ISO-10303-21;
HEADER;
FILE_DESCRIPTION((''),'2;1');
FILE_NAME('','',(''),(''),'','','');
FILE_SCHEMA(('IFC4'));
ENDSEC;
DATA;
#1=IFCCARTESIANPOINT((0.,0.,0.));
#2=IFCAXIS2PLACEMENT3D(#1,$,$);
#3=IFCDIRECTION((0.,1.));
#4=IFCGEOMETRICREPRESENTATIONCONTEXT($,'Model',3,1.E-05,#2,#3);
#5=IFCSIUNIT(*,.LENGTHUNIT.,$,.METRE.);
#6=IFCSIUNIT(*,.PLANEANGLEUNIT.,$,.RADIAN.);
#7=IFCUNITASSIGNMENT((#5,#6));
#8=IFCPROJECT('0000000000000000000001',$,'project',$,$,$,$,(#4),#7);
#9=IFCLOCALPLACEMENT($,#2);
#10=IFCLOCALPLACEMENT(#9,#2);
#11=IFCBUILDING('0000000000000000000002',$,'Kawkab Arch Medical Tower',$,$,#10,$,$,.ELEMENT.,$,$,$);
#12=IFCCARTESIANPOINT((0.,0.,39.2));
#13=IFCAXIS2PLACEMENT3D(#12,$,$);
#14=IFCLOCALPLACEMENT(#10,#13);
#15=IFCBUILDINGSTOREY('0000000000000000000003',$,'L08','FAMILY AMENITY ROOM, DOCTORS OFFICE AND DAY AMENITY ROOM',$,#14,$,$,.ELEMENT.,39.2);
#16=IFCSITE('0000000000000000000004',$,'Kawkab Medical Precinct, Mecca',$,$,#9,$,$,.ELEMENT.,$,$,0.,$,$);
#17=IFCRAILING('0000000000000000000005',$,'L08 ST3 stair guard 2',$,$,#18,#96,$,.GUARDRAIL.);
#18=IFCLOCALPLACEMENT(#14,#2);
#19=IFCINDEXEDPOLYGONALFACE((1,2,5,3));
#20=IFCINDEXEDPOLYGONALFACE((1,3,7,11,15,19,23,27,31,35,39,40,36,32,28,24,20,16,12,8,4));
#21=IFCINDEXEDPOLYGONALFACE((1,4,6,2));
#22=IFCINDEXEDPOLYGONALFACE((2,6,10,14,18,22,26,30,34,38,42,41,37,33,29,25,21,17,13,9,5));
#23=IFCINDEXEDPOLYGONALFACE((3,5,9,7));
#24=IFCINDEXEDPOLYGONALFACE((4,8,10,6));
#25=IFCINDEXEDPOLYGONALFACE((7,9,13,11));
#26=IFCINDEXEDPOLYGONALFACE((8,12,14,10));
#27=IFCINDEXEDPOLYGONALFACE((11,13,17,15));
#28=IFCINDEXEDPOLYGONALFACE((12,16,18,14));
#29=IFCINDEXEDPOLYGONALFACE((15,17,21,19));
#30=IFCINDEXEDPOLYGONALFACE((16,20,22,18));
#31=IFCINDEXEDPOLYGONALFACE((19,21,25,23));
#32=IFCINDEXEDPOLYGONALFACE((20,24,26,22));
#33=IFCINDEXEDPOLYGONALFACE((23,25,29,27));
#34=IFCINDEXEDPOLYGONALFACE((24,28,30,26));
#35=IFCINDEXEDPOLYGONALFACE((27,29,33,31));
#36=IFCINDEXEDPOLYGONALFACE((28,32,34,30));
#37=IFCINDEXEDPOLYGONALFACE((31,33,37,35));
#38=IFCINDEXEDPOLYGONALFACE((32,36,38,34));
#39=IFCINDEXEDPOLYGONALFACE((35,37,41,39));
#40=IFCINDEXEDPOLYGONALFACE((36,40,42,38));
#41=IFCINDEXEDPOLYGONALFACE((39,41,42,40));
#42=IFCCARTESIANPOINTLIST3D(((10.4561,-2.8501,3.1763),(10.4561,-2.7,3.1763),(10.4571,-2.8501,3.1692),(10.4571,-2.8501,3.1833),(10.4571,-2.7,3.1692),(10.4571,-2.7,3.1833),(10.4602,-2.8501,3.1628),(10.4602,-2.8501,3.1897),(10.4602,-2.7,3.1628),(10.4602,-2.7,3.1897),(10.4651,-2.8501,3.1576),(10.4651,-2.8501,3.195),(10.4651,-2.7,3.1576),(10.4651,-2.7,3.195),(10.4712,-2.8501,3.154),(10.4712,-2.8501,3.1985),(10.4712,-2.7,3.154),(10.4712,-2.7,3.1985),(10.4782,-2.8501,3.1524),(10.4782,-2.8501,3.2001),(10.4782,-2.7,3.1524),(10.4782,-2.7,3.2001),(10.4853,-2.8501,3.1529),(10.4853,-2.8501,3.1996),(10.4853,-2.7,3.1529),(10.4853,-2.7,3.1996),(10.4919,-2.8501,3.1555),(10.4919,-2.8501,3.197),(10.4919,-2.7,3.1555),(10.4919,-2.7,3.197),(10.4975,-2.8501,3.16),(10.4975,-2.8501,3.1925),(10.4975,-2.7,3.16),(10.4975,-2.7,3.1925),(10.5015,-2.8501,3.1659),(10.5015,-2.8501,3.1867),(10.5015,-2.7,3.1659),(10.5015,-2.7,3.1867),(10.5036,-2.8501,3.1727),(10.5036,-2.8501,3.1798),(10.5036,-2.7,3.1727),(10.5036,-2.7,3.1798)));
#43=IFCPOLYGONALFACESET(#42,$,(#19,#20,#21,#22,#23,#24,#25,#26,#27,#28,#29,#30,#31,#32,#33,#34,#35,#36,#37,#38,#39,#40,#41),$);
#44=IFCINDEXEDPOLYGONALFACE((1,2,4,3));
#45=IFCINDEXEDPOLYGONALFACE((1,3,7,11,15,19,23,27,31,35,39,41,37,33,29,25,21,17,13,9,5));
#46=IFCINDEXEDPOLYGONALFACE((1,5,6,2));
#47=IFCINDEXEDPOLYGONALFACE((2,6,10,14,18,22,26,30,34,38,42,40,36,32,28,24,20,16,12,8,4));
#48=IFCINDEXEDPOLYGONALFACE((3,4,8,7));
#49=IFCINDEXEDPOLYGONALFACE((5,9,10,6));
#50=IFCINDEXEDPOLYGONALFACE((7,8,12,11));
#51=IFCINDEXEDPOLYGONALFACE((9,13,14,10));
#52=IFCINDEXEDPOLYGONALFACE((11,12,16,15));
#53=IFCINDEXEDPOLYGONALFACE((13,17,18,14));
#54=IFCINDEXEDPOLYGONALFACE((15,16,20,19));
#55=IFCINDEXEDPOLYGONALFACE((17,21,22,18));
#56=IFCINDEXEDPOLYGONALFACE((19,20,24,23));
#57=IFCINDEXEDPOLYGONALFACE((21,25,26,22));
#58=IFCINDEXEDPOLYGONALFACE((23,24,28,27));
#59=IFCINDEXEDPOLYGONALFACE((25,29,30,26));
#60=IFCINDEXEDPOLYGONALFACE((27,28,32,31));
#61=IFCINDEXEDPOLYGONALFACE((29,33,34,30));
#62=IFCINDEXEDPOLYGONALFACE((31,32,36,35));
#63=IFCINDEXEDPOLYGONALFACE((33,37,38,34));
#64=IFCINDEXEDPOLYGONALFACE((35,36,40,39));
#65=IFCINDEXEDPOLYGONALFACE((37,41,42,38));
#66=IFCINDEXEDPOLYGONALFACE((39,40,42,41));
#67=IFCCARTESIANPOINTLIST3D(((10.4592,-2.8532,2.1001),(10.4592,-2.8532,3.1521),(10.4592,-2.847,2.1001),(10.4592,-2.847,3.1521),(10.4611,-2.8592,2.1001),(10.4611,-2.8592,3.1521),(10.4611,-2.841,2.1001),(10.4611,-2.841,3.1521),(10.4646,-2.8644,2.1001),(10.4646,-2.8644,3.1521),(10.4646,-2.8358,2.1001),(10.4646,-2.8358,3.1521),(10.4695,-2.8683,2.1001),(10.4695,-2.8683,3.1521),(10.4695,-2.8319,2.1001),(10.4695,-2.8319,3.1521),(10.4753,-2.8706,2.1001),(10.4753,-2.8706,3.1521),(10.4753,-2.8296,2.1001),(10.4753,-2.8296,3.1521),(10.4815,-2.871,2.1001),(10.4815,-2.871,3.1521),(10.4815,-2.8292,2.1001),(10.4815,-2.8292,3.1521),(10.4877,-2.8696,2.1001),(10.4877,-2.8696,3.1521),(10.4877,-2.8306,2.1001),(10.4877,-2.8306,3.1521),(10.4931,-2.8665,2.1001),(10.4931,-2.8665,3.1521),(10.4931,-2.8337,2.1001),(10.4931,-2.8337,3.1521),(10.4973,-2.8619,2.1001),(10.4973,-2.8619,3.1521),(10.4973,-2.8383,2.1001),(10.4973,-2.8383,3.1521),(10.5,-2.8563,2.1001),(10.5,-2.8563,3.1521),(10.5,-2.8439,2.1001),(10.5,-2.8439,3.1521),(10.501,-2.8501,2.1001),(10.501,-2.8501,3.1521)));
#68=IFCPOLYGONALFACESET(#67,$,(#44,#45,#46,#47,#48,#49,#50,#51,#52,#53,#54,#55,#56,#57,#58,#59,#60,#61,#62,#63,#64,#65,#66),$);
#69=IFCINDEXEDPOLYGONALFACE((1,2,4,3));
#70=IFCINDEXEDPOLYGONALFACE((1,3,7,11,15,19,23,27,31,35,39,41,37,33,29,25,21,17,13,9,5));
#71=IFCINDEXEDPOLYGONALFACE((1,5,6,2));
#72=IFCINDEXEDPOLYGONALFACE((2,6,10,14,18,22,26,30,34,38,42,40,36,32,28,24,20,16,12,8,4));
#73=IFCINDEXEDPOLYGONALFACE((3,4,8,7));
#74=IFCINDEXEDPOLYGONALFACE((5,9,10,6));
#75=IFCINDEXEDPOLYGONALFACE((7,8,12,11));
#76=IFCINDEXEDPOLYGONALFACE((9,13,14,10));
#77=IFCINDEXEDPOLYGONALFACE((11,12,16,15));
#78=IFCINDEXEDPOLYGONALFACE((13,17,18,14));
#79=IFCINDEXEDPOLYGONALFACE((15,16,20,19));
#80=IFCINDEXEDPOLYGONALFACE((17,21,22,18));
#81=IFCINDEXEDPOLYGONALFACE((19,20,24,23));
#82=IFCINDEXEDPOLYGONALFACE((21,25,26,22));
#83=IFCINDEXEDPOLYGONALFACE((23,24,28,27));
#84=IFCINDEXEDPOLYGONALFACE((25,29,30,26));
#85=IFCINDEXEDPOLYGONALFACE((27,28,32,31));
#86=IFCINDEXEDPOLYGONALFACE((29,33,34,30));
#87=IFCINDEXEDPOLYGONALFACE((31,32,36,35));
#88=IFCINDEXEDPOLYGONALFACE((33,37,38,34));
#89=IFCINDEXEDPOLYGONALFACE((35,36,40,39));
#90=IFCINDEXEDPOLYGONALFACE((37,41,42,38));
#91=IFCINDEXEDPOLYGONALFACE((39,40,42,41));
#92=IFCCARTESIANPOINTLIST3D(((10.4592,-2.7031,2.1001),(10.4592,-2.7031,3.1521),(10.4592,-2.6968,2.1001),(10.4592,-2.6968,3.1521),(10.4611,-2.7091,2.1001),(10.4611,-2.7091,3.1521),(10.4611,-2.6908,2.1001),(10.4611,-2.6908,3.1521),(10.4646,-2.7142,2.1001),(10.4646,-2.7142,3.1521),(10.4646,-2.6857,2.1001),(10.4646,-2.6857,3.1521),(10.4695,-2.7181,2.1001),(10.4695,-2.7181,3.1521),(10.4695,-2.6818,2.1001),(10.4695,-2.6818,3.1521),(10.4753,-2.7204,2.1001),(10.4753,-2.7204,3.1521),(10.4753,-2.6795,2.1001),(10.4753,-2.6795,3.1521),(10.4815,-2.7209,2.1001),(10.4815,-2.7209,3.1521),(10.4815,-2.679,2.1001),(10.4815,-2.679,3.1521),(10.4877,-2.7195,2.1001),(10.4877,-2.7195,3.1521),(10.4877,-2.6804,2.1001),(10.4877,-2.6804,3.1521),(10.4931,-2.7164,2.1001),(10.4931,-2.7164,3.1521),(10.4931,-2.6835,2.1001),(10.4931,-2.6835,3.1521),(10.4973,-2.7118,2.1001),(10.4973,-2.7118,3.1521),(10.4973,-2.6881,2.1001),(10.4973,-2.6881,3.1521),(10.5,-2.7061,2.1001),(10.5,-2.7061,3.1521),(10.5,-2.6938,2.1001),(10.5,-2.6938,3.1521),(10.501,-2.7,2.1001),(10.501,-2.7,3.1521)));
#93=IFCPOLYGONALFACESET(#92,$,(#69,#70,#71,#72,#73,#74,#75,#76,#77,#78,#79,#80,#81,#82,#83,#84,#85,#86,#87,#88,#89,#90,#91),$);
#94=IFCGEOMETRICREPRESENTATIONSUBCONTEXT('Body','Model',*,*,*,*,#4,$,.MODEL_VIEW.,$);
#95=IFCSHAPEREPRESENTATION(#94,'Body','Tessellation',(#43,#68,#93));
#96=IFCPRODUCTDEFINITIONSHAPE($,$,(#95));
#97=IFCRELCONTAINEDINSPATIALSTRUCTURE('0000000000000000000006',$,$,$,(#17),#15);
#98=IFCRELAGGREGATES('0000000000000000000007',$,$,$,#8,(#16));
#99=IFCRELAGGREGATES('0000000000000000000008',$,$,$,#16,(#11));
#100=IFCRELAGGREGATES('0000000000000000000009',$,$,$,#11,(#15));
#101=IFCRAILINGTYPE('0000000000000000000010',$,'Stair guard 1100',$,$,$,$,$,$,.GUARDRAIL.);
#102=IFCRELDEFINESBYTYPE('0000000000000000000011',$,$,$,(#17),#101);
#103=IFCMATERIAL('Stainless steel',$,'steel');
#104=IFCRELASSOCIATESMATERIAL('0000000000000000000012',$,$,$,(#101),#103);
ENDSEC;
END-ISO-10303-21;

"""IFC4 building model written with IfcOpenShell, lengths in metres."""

from ifc_helpers import new_model, si_unit, direction, frame, origin, origin_2d, place, context, subcontext, project, spatial, circle, extrude, material, type_object, element, save


model = new_model("IFC4")

# Units and contexts
model_context = context("Model", 3, precision=1e-05, world=origin(), true_north=direction((0.0, 1.0)))
body_context = subcontext(model_context, "Body", "Model", "MODEL_VIEW")
ifc_project = project(units=[si_unit("LENGTHUNIT", "METRE"), si_unit("PLANEANGLEUNIT", "RADIAN")], contexts=[model_context])

# Site, building, storey
site_placement = place(None, origin())
site = spatial("IfcSite", under=ifc_project, at=site_placement, Name="Kawkab Medical Precinct, Mecca", CompositionType="ELEMENT", RefElevation=0.0)
building_placement = place(site_placement, origin())
building = spatial("IfcBuilding", under=site, at=building_placement, Name="Kawkab Arch Medical Tower", CompositionType="ELEMENT")
storey_placement = place(building_placement, frame((0.0, 0.0, 39.2)))
storey = spatial("IfcBuildingStorey", under=building, at=storey_placement, Name="L08", Description="FAMILY AMENITY ROOM, DOCTORS OFFICE AND DAY AMENITY ROOM", CompositionType="ELEMENT", Elevation=39.2)

# Railing
ifc_material_1 = material(Name="Stainless steel", Category="steel")
railing_type_1 = type_object("IfcRailingType", Name="Stair guard 1100", PredefinedType="GUARDRAIL", material=ifc_material_1)
railing_1_placement = place(storey_placement, frame((10.48, -2.8501, 2.1001)))
element("IfcRailing", 1, at=railing_1_placement, inside=storey, type_object=railing_type_1, Name="L08 ST3 stair guard 2", PredefinedType="GUARDRAIL", context=body_context, shape_type="SweptSolid", body=[
    extrude(circle(Radius=0.0239, at=origin_2d()), frame((0.0, 0.0, 1.0762), z_axis=(0.0, 1.0, 0.0), x_axis=(-1.0, 0.0, 0.0)), (0.0, 0.0, 1.0), 0.1501),
    extrude(circle(Radius=0.021, at=origin_2d()), origin(), (0.0, 0.0, 1.0), 1.052),
    extrude(circle(Radius=0.021, at=origin_2d()), frame((0.0, 0.1501, 0.0)), (0.0, 0.0, 1.0), 1.052),
])

save(model, "model.ifc")
